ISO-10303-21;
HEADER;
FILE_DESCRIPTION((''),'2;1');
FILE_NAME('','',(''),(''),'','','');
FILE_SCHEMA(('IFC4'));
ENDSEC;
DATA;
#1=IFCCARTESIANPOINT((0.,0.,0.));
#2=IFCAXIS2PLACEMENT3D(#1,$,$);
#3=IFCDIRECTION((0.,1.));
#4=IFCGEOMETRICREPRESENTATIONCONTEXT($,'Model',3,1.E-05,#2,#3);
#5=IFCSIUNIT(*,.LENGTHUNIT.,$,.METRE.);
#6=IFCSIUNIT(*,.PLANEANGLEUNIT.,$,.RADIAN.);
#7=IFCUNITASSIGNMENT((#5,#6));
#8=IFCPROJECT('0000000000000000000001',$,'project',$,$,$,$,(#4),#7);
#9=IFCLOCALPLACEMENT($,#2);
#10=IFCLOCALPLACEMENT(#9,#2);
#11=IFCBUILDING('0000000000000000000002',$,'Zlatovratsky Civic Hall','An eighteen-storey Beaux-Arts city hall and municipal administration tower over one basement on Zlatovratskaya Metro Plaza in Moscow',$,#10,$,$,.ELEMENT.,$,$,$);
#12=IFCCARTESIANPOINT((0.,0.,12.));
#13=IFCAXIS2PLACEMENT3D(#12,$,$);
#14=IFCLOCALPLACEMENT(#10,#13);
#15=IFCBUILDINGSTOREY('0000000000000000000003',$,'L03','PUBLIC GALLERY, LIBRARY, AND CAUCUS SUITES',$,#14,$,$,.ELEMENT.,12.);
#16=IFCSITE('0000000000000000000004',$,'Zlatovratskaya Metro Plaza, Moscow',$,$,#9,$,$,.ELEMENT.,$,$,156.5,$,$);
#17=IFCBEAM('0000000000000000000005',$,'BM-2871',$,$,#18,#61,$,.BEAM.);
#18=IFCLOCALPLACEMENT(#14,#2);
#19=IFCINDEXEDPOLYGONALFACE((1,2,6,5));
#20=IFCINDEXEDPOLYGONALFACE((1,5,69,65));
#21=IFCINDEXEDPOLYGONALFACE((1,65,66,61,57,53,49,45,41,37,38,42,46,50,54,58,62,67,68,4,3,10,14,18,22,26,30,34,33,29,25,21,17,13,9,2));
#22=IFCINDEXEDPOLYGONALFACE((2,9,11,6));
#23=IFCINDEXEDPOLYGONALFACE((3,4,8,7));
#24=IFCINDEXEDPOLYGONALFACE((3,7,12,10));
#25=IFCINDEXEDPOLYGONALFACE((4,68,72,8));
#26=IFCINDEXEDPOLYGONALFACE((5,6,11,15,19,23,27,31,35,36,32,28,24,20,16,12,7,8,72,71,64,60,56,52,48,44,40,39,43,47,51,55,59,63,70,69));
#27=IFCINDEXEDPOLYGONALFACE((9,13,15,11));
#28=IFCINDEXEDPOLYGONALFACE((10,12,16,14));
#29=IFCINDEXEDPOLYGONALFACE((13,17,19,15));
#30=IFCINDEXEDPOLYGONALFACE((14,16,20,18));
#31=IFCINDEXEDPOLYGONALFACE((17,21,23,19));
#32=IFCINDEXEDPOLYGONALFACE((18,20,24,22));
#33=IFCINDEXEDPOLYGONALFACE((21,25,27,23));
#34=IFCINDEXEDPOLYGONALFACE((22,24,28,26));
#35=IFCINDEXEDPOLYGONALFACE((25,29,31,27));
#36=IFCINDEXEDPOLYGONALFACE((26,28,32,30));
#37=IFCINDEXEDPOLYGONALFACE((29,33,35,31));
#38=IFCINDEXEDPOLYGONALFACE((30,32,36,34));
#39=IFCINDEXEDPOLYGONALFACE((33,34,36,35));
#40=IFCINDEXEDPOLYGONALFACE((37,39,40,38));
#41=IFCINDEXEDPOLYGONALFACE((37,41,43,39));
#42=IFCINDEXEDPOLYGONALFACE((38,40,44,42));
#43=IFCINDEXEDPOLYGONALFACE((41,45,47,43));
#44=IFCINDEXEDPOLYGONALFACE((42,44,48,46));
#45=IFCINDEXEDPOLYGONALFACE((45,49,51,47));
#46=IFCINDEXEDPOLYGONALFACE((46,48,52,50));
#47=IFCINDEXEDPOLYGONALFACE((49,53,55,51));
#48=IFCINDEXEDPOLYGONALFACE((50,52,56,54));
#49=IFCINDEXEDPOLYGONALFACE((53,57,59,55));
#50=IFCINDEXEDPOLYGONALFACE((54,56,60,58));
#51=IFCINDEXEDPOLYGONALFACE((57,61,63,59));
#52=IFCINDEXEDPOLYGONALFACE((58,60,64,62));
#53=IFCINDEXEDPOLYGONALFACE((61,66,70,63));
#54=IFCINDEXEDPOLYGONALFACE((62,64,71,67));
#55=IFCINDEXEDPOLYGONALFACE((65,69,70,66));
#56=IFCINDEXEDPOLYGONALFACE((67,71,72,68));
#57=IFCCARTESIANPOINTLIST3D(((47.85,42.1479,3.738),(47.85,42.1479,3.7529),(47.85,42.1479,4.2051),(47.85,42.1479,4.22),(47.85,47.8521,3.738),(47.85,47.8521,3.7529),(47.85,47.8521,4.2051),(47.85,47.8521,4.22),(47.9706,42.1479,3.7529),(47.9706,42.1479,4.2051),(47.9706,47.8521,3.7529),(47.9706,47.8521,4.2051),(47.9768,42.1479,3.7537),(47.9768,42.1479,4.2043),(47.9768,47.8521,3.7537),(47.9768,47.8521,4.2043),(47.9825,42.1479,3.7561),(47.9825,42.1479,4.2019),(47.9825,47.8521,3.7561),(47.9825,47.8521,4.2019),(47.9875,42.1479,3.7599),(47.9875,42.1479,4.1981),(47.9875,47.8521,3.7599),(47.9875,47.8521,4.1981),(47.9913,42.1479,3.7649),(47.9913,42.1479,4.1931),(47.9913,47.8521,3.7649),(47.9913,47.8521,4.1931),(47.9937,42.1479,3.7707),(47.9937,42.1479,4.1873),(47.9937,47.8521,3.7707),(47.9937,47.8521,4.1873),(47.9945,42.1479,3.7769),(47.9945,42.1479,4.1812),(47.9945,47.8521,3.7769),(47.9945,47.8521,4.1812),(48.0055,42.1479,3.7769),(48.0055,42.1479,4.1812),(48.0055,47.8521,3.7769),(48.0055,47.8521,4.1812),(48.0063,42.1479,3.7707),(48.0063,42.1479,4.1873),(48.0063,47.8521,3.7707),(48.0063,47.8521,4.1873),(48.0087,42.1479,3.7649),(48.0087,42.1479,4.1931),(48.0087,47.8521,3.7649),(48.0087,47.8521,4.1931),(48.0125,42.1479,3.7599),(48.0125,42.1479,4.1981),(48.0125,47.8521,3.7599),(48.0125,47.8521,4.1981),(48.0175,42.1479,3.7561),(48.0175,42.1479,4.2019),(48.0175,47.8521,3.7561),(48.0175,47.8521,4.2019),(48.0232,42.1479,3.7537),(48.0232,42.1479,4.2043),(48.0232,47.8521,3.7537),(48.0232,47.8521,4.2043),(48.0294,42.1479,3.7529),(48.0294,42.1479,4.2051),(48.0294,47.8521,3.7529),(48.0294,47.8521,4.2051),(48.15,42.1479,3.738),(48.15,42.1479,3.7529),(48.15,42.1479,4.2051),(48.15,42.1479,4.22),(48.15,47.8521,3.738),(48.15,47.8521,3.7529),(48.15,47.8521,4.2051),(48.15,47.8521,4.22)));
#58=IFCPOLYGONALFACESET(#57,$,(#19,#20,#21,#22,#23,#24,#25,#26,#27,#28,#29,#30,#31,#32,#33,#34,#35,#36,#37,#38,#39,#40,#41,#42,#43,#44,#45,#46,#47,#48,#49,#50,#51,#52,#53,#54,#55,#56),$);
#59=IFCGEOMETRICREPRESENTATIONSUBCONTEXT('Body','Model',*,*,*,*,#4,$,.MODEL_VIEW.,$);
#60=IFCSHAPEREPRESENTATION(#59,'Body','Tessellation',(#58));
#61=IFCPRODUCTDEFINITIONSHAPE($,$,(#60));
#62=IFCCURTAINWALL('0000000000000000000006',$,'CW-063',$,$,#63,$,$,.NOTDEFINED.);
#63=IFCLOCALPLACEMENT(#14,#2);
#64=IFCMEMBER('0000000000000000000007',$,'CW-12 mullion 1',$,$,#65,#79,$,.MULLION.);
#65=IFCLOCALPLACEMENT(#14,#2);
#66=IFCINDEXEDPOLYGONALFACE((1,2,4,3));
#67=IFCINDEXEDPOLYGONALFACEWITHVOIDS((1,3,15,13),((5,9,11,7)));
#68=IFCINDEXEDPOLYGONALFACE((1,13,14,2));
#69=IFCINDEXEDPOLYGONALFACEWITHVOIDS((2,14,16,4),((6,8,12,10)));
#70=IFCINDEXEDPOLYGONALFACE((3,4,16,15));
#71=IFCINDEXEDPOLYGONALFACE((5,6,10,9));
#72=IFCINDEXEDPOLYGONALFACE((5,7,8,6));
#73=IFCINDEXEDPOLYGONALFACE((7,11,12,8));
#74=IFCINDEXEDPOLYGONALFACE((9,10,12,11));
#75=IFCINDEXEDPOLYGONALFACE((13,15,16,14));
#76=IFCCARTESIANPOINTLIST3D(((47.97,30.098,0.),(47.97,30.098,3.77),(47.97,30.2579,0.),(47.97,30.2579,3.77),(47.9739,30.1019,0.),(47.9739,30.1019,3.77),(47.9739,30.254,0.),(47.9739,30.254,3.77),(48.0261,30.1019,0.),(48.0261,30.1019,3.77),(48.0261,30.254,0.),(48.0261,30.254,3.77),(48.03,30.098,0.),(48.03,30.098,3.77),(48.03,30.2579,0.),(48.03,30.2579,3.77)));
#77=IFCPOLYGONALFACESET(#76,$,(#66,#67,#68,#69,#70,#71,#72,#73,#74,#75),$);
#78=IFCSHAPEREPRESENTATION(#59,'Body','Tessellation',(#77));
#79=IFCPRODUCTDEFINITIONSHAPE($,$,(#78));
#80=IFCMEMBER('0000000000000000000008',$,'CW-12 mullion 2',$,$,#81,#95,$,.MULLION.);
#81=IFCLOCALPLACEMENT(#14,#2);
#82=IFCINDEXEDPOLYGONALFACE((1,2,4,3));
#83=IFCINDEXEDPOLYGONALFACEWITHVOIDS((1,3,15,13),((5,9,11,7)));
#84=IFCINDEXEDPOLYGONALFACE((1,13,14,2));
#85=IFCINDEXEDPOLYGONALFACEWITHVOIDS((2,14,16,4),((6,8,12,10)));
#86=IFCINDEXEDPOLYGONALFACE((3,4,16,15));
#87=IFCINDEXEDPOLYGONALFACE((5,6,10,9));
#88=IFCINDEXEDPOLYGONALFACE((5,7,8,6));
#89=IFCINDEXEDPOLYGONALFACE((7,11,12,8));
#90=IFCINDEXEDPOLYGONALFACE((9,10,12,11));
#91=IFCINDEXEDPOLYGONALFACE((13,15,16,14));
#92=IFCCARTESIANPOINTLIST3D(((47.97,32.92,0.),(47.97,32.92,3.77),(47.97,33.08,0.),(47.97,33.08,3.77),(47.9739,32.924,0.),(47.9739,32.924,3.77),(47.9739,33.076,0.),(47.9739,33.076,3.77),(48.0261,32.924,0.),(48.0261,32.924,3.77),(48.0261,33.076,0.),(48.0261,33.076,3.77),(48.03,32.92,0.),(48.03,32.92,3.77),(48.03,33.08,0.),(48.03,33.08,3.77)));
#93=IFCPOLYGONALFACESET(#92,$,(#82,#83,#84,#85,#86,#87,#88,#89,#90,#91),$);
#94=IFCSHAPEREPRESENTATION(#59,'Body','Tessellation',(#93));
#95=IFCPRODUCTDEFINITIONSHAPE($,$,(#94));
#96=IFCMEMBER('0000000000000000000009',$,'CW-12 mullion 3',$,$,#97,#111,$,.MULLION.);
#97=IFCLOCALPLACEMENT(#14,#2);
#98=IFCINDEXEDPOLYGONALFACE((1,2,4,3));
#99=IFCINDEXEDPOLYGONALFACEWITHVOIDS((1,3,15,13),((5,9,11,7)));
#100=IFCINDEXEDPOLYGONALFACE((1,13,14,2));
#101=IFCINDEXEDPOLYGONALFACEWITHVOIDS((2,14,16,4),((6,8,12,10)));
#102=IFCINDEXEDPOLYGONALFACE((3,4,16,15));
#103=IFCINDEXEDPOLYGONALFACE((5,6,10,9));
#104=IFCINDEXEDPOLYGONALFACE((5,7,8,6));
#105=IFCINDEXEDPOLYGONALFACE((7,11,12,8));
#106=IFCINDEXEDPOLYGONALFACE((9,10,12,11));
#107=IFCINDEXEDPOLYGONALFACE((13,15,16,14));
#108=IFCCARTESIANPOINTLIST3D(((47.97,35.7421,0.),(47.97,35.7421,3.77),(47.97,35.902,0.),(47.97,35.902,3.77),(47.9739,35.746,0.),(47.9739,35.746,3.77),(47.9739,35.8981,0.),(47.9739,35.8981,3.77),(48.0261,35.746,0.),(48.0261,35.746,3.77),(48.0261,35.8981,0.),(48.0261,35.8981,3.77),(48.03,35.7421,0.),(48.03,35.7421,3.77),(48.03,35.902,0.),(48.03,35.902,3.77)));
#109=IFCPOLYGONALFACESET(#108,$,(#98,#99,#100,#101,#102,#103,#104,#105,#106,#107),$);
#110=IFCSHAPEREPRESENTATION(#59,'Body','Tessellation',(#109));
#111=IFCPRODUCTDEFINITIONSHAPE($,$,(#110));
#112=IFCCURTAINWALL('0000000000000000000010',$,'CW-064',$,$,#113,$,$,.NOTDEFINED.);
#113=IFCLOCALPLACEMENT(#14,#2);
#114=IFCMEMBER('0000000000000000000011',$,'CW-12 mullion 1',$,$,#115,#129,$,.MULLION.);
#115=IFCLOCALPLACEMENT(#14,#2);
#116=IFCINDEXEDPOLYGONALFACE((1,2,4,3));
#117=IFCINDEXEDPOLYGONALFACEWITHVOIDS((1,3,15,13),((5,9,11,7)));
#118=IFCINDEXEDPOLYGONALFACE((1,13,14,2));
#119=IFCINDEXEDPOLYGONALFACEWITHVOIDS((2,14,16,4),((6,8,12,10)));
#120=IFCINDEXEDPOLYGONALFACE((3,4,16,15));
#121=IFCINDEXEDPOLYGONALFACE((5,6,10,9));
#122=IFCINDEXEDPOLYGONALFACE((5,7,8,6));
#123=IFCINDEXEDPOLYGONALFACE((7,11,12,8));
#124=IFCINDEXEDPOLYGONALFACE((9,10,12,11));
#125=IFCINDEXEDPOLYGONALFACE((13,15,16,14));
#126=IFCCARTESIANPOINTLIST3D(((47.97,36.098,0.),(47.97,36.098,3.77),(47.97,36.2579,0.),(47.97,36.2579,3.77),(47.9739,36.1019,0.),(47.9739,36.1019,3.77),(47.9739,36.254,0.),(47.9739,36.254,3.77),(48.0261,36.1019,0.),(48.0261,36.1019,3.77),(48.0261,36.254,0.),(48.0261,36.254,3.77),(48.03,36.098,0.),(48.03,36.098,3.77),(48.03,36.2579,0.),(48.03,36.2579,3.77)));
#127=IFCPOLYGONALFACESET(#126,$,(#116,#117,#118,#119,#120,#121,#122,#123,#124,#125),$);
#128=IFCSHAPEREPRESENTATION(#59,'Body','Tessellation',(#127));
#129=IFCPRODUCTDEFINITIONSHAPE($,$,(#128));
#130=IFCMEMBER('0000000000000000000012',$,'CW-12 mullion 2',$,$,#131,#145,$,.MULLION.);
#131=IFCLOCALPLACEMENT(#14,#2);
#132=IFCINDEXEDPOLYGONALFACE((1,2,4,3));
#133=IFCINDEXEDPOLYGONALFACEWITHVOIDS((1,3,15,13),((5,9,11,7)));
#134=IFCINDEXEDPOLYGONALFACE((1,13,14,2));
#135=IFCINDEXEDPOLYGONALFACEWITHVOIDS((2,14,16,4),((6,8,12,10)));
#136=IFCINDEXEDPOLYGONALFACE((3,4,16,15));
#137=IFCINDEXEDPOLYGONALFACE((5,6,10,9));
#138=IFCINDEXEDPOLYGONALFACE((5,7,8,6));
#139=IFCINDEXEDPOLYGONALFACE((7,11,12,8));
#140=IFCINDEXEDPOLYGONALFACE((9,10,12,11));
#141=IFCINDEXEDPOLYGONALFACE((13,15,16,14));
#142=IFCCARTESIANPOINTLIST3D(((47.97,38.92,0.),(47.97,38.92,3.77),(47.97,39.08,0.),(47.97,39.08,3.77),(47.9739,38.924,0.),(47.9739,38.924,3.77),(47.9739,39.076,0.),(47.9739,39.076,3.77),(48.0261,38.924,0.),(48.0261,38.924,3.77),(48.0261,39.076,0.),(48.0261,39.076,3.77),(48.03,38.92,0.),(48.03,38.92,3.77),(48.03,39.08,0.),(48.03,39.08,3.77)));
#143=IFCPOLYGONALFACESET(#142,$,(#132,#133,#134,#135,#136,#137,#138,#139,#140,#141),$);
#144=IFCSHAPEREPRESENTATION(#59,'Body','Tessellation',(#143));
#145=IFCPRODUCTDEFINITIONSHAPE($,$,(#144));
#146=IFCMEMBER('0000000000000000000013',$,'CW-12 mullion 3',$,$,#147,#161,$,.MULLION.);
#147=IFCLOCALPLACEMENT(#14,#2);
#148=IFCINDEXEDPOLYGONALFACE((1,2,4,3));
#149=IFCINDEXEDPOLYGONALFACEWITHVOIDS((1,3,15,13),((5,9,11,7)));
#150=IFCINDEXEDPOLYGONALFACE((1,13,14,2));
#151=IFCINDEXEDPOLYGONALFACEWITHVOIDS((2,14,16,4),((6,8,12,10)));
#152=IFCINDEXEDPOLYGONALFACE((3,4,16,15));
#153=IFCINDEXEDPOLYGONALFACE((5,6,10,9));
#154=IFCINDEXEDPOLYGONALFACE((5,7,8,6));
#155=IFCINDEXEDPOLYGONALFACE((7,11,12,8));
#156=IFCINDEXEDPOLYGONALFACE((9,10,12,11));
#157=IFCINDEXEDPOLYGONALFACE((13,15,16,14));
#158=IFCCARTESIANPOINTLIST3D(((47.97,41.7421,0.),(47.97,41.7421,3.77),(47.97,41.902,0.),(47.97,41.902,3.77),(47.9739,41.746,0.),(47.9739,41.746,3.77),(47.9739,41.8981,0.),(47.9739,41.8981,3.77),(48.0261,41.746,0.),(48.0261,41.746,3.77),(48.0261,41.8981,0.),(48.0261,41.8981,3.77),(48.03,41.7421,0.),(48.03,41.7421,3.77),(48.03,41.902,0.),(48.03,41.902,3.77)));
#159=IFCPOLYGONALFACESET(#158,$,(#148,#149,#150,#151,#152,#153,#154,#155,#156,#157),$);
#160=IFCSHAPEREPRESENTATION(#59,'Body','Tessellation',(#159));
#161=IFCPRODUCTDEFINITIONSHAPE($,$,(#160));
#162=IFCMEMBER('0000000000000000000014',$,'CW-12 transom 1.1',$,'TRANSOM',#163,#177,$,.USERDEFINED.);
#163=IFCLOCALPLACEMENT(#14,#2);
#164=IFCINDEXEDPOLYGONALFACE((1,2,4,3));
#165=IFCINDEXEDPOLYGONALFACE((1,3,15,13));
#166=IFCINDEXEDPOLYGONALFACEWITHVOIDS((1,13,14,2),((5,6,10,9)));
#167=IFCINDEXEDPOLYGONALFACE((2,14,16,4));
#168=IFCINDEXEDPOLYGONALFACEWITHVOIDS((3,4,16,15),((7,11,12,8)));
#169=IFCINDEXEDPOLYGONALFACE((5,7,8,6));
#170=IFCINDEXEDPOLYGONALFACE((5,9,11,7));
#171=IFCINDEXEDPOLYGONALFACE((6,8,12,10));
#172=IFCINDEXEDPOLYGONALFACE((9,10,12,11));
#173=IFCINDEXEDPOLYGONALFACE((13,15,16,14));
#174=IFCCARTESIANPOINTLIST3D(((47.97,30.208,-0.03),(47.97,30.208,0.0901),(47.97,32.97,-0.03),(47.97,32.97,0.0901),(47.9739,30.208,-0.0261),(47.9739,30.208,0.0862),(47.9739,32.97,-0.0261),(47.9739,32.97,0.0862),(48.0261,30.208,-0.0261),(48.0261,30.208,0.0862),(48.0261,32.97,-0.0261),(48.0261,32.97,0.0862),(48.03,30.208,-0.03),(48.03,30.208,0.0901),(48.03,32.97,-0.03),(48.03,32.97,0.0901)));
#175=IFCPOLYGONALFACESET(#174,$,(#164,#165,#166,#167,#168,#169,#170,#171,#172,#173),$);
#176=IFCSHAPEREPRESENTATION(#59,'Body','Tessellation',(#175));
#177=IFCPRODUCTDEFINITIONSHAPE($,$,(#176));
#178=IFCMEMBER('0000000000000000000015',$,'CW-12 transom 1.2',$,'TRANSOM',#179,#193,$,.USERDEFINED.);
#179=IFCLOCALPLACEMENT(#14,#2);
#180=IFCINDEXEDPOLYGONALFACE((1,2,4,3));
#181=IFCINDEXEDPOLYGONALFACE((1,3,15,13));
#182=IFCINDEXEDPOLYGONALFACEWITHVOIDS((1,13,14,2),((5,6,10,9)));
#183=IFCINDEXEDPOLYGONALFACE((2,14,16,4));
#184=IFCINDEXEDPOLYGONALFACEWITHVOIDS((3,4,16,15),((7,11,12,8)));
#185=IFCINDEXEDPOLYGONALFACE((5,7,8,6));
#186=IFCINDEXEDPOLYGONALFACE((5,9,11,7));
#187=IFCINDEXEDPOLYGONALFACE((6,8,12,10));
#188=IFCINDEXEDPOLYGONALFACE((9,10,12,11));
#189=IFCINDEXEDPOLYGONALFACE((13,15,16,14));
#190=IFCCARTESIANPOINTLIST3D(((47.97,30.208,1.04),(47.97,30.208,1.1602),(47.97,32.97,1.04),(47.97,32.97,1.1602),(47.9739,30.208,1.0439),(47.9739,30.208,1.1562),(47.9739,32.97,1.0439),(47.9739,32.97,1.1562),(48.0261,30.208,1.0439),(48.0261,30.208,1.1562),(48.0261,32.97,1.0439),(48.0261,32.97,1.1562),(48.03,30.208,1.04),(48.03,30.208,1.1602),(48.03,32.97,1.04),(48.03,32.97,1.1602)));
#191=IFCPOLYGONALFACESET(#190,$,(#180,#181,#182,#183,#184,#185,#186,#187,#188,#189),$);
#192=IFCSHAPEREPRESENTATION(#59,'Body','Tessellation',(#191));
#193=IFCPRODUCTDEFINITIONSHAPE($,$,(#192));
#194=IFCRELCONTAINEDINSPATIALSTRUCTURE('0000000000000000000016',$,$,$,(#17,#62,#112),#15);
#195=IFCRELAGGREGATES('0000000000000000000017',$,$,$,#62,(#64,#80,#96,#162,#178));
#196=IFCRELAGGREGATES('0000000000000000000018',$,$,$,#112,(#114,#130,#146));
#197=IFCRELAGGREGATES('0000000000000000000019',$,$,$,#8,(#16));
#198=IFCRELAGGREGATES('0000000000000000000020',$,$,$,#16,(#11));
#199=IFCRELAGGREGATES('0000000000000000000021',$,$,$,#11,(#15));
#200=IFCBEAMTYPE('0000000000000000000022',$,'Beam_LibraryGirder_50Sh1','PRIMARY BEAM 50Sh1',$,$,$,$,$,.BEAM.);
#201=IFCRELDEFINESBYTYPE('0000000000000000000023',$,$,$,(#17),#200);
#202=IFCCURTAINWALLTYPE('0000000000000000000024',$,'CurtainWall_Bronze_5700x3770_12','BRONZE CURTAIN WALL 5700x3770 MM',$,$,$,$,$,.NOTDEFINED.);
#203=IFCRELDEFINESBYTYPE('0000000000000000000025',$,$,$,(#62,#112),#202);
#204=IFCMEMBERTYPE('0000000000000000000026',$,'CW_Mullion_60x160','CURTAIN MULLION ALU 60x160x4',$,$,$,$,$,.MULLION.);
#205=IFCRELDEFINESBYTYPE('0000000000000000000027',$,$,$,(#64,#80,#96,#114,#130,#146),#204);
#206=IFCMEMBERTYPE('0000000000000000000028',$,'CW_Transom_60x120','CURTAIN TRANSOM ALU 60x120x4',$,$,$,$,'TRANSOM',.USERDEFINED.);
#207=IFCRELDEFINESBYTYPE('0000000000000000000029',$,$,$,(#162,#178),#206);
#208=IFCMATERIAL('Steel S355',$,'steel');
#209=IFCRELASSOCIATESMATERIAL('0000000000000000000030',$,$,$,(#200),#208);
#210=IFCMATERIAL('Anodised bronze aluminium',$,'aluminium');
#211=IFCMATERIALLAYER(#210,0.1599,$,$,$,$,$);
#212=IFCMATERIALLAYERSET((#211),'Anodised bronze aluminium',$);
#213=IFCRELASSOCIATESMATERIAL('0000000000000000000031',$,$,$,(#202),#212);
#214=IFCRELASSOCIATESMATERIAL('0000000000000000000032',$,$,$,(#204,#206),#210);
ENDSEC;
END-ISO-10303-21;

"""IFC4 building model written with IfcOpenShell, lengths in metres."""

from ifc_helpers import new_model, si_unit, direction, frame, origin, origin_2d, place, context, subcontext, project, spatial, hollow_rectangle, i_section, extrude, material, layer, layer_set, material_profile, profile_set, type_object, element, aggregate, save


model = new_model("IFC4")

# Units and contexts
model_context = context("Model", 3, precision=1e-05, world=origin(), true_north=direction((0.0, 1.0)))
body_context = subcontext(model_context, "Body", "Model", "MODEL_VIEW")
ifc_project = project(units=[si_unit("LENGTHUNIT", "METRE"), si_unit("PLANEANGLEUNIT", "RADIAN")], contexts=[model_context])

# Site, building, storey
site_placement = place(None, origin())
site = spatial("IfcSite", under=ifc_project, at=site_placement, Name="Zlatovratskaya Metro Plaza, Moscow", CompositionType="ELEMENT", RefElevation=156.5)
building_placement = place(site_placement, origin())
building = spatial("IfcBuilding", under=site, at=building_placement, Name="Zlatovratsky Civic Hall", Description="An eighteen-storey Beaux-Arts city hall and municipal administration tower over one basement on Zlatovratskaya Metro Plaza in Moscow", CompositionType="ELEMENT")
storey_placement = place(building_placement, frame((0.0, 0.0, 12.0)))
storey = spatial("IfcBuildingStorey", under=building, at=storey_placement, Name="L03", Description="PUBLIC GALLERY, LIBRARY, AND CAUCUS SUITES", CompositionType="ELEMENT", Elevation=12.0)

# Shared definitions
ifc_material_1 = material(Name="Steel S355", Category="steel")

# Beam
ifc_material_profile_1 = material_profile(ifc_material_1, i_section(OverallWidth=0.3, OverallDepth=0.4819, WebThickness=0.011, FlangeThickness=0.0149, FilletRadius=0.0239, at=origin_2d()), Name="50Sh1")
ifc_profile_set_1 = profile_set([ifc_material_profile_1], Name="Steel S355")
beam_type = type_object("IfcBeamType", Name="Beam_LibraryGirder_50Sh1", Description="PRIMARY BEAM 50Sh1", PredefinedType="BEAM", material=ifc_profile_set_1)
for number, where, z_axis, x_axis, name in (
    (1, (48.0, 42.1479, 3.979), (0.0, 1.0, 0.0), (-1.0, 0.0, 0.0), "BM-2871"),
):
    element("IfcBeam", number, at=place(storey_placement, frame(where, z_axis=z_axis, x_axis=x_axis)), inside=storey, type_object=beam_type, Name=name, PredefinedType="BEAM", context=body_context, shape_type="SweptSolid", body=[
        extrude(i_section(OverallWidth=0.3, OverallDepth=0.4819, WebThickness=0.011, FlangeThickness=0.0149, FilletRadius=0.0239, at=origin_2d()), origin(), (0.0, 0.0, 1.0), 5.7041),
    ])

# Curtain walls, members
ifc_material_2 = material(Name="Anodised bronze aluminium", Category="aluminium")
ifc_layer_1 = layer(ifc_material_2, 0.1599)
ifc_layer_set_1 = layer_set([ifc_layer_1], Name="Anodised bronze aluminium")
curtain_wall_type = type_object("IfcCurtainWallType", Name="CurtainWall_Bronze_5700x3770_12", Description="BRONZE CURTAIN WALL 5700x3770 MM", PredefinedType="NOTDEFINED", material=ifc_layer_set_1)
curtain_wall_1_placement = place(storey_placement, origin())
curtain_wall_1 = element("IfcCurtainWall", 2, at=curtain_wall_1_placement, inside=storey, type_object=curtain_wall_type, Name="CW-063", PredefinedType="NOTDEFINED")
ifc_material_profile_2 = material_profile(ifc_material_2, hollow_rectangle(XDim=0.0601, YDim=0.1599, WallThickness=0.0039, at=origin_2d()), Name="ALU 60x160x4")
ifc_profile_set_2 = profile_set([ifc_material_profile_2], Name="Anodised bronze aluminium")
member_type_1 = type_object("IfcMemberType", Name="CW_Mullion_60x160", Description="CURTAIN MULLION ALU 60x160x4", PredefinedType="MULLION", material=ifc_profile_set_2)
member_1_placement = place(storey_placement, frame((48.0, 30.178, 0.0), z_axis=(0.0, 0.0, 1.0), x_axis=(-1.0, 0.0, 0.0)))
member_1 = element("IfcMember", 3, at=member_1_placement, type_object=member_type_1, Name="CW-12 mullion 1", PredefinedType="MULLION", context=body_context, shape_type="SweptSolid", body=[
    extrude(hollow_rectangle(XDim=0.0601, YDim=0.1599, WallThickness=0.0039, at=origin_2d()), origin(), (0.0, 0.0, 1.0), 3.77),
])
member_2_placement = place(storey_placement, frame((48.0, 33.0, 0.0), z_axis=(0.0, 0.0, 1.0), x_axis=(-1.0, 0.0, 0.0)))
member_2 = element("IfcMember", 4, at=member_2_placement, type_object=member_type_1, Name="CW-12 mullion 2", PredefinedType="MULLION", context=body_context, shape_type="SweptSolid", body=[
    extrude(hollow_rectangle(XDim=0.0601, YDim=0.1599, WallThickness=0.0039, at=origin_2d()), origin(), (0.0, 0.0, 1.0), 3.77),
])
member_3_placement = place(storey_placement, frame((48.0, 35.822, 0.0), z_axis=(0.0, 0.0, 1.0), x_axis=(-1.0, 0.0, 0.0)))
member_3 = element("IfcMember", 5, at=member_3_placement, type_object=member_type_1, Name="CW-12 mullion 3", PredefinedType="MULLION", context=body_context, shape_type="SweptSolid", body=[
    extrude(hollow_rectangle(XDim=0.0601, YDim=0.1599, WallThickness=0.0039, at=origin_2d()), origin(), (0.0, 0.0, 1.0), 3.77),
])
curtain_wall_2_placement = place(storey_placement, origin())
curtain_wall_2 = element("IfcCurtainWall", 6, at=curtain_wall_2_placement, inside=storey, type_object=curtain_wall_type, Name="CW-064", PredefinedType="NOTDEFINED")
member_4_placement = place(storey_placement, frame((48.0, 36.178, 0.0), z_axis=(0.0, 0.0, 1.0), x_axis=(-1.0, 0.0, 0.0)))
member_4 = element("IfcMember", 7, at=member_4_placement, type_object=member_type_1, Name="CW-12 mullion 1", PredefinedType="MULLION", context=body_context, shape_type="SweptSolid", body=[
    extrude(hollow_rectangle(XDim=0.0601, YDim=0.1599, WallThickness=0.0039, at=origin_2d()), origin(), (0.0, 0.0, 1.0), 3.77),
])
member_5_placement = place(storey_placement, frame((48.0, 39.0, 0.0), z_axis=(0.0, 0.0, 1.0), x_axis=(-1.0, 0.0, 0.0)))
member_5 = element("IfcMember", 8, at=member_5_placement, type_object=member_type_1, Name="CW-12 mullion 2", PredefinedType="MULLION", context=body_context, shape_type="SweptSolid", body=[
    extrude(hollow_rectangle(XDim=0.0601, YDim=0.1599, WallThickness=0.0039, at=origin_2d()), origin(), (0.0, 0.0, 1.0), 3.77),
])
member_6_placement = place(storey_placement, frame((48.0, 41.822, 0.0), z_axis=(0.0, 0.0, 1.0), x_axis=(-1.0, 0.0, 0.0)))
member_6 = element("IfcMember", 9, at=member_6_placement, type_object=member_type_1, Name="CW-12 mullion 3", PredefinedType="MULLION", context=body_context, shape_type="SweptSolid", body=[
    extrude(hollow_rectangle(XDim=0.0601, YDim=0.1599, WallThickness=0.0039, at=origin_2d()), origin(), (0.0, 0.0, 1.0), 3.77),
])

# Members
ifc_material_profile_3 = material_profile(ifc_material_2, hollow_rectangle(XDim=0.0601, YDim=0.1201, WallThickness=0.0039, at=origin_2d()), Name="ALU 60x120x4")
ifc_profile_set_3 = profile_set([ifc_material_profile_3], Name="Anodised bronze aluminium")
member_type_2 = type_object("IfcMemberType", Name="CW_Transom_60x120", Description="CURTAIN TRANSOM ALU 60x120x4", ElementType="TRANSOM", PredefinedType="USERDEFINED", material=ifc_profile_set_3)
member_7_placement = place(storey_placement, frame((48.0, 30.208, 0.03), z_axis=(0.0, 1.0, 0.0), x_axis=(-1.0, 0.0, 0.0)))
member_7 = element("IfcMember", 10, at=member_7_placement, type_object=member_type_2, Name="CW-12 transom 1.1", ObjectType="TRANSOM", PredefinedType="USERDEFINED", context=body_context, shape_type="SweptSolid", body=[
    extrude(hollow_rectangle(XDim=0.0601, YDim=0.1201, WallThickness=0.0039, at=origin_2d()), origin(), (0.0, 0.0, 1.0), 2.762),
])
member_8_placement = place(storey_placement, frame((48.0, 30.208, 1.1001), z_axis=(0.0, 1.0, 0.0), x_axis=(-1.0, 0.0, 0.0)))
member_8 = element("IfcMember", 11, at=member_8_placement, type_object=member_type_2, Name="CW-12 transom 1.2", ObjectType="TRANSOM", PredefinedType="USERDEFINED", context=body_context, shape_type="SweptSolid", body=[
    extrude(hollow_rectangle(XDim=0.0601, YDim=0.1201, WallThickness=0.0039, at=origin_2d()), origin(), (0.0, 0.0, 1.0), 2.762),
])

aggregate(curtain_wall_1, [member_1, member_2, member_3, member_7, member_8])
aggregate(curtain_wall_2, [member_4, member_5, member_6])

save(model, "model.ifc")
